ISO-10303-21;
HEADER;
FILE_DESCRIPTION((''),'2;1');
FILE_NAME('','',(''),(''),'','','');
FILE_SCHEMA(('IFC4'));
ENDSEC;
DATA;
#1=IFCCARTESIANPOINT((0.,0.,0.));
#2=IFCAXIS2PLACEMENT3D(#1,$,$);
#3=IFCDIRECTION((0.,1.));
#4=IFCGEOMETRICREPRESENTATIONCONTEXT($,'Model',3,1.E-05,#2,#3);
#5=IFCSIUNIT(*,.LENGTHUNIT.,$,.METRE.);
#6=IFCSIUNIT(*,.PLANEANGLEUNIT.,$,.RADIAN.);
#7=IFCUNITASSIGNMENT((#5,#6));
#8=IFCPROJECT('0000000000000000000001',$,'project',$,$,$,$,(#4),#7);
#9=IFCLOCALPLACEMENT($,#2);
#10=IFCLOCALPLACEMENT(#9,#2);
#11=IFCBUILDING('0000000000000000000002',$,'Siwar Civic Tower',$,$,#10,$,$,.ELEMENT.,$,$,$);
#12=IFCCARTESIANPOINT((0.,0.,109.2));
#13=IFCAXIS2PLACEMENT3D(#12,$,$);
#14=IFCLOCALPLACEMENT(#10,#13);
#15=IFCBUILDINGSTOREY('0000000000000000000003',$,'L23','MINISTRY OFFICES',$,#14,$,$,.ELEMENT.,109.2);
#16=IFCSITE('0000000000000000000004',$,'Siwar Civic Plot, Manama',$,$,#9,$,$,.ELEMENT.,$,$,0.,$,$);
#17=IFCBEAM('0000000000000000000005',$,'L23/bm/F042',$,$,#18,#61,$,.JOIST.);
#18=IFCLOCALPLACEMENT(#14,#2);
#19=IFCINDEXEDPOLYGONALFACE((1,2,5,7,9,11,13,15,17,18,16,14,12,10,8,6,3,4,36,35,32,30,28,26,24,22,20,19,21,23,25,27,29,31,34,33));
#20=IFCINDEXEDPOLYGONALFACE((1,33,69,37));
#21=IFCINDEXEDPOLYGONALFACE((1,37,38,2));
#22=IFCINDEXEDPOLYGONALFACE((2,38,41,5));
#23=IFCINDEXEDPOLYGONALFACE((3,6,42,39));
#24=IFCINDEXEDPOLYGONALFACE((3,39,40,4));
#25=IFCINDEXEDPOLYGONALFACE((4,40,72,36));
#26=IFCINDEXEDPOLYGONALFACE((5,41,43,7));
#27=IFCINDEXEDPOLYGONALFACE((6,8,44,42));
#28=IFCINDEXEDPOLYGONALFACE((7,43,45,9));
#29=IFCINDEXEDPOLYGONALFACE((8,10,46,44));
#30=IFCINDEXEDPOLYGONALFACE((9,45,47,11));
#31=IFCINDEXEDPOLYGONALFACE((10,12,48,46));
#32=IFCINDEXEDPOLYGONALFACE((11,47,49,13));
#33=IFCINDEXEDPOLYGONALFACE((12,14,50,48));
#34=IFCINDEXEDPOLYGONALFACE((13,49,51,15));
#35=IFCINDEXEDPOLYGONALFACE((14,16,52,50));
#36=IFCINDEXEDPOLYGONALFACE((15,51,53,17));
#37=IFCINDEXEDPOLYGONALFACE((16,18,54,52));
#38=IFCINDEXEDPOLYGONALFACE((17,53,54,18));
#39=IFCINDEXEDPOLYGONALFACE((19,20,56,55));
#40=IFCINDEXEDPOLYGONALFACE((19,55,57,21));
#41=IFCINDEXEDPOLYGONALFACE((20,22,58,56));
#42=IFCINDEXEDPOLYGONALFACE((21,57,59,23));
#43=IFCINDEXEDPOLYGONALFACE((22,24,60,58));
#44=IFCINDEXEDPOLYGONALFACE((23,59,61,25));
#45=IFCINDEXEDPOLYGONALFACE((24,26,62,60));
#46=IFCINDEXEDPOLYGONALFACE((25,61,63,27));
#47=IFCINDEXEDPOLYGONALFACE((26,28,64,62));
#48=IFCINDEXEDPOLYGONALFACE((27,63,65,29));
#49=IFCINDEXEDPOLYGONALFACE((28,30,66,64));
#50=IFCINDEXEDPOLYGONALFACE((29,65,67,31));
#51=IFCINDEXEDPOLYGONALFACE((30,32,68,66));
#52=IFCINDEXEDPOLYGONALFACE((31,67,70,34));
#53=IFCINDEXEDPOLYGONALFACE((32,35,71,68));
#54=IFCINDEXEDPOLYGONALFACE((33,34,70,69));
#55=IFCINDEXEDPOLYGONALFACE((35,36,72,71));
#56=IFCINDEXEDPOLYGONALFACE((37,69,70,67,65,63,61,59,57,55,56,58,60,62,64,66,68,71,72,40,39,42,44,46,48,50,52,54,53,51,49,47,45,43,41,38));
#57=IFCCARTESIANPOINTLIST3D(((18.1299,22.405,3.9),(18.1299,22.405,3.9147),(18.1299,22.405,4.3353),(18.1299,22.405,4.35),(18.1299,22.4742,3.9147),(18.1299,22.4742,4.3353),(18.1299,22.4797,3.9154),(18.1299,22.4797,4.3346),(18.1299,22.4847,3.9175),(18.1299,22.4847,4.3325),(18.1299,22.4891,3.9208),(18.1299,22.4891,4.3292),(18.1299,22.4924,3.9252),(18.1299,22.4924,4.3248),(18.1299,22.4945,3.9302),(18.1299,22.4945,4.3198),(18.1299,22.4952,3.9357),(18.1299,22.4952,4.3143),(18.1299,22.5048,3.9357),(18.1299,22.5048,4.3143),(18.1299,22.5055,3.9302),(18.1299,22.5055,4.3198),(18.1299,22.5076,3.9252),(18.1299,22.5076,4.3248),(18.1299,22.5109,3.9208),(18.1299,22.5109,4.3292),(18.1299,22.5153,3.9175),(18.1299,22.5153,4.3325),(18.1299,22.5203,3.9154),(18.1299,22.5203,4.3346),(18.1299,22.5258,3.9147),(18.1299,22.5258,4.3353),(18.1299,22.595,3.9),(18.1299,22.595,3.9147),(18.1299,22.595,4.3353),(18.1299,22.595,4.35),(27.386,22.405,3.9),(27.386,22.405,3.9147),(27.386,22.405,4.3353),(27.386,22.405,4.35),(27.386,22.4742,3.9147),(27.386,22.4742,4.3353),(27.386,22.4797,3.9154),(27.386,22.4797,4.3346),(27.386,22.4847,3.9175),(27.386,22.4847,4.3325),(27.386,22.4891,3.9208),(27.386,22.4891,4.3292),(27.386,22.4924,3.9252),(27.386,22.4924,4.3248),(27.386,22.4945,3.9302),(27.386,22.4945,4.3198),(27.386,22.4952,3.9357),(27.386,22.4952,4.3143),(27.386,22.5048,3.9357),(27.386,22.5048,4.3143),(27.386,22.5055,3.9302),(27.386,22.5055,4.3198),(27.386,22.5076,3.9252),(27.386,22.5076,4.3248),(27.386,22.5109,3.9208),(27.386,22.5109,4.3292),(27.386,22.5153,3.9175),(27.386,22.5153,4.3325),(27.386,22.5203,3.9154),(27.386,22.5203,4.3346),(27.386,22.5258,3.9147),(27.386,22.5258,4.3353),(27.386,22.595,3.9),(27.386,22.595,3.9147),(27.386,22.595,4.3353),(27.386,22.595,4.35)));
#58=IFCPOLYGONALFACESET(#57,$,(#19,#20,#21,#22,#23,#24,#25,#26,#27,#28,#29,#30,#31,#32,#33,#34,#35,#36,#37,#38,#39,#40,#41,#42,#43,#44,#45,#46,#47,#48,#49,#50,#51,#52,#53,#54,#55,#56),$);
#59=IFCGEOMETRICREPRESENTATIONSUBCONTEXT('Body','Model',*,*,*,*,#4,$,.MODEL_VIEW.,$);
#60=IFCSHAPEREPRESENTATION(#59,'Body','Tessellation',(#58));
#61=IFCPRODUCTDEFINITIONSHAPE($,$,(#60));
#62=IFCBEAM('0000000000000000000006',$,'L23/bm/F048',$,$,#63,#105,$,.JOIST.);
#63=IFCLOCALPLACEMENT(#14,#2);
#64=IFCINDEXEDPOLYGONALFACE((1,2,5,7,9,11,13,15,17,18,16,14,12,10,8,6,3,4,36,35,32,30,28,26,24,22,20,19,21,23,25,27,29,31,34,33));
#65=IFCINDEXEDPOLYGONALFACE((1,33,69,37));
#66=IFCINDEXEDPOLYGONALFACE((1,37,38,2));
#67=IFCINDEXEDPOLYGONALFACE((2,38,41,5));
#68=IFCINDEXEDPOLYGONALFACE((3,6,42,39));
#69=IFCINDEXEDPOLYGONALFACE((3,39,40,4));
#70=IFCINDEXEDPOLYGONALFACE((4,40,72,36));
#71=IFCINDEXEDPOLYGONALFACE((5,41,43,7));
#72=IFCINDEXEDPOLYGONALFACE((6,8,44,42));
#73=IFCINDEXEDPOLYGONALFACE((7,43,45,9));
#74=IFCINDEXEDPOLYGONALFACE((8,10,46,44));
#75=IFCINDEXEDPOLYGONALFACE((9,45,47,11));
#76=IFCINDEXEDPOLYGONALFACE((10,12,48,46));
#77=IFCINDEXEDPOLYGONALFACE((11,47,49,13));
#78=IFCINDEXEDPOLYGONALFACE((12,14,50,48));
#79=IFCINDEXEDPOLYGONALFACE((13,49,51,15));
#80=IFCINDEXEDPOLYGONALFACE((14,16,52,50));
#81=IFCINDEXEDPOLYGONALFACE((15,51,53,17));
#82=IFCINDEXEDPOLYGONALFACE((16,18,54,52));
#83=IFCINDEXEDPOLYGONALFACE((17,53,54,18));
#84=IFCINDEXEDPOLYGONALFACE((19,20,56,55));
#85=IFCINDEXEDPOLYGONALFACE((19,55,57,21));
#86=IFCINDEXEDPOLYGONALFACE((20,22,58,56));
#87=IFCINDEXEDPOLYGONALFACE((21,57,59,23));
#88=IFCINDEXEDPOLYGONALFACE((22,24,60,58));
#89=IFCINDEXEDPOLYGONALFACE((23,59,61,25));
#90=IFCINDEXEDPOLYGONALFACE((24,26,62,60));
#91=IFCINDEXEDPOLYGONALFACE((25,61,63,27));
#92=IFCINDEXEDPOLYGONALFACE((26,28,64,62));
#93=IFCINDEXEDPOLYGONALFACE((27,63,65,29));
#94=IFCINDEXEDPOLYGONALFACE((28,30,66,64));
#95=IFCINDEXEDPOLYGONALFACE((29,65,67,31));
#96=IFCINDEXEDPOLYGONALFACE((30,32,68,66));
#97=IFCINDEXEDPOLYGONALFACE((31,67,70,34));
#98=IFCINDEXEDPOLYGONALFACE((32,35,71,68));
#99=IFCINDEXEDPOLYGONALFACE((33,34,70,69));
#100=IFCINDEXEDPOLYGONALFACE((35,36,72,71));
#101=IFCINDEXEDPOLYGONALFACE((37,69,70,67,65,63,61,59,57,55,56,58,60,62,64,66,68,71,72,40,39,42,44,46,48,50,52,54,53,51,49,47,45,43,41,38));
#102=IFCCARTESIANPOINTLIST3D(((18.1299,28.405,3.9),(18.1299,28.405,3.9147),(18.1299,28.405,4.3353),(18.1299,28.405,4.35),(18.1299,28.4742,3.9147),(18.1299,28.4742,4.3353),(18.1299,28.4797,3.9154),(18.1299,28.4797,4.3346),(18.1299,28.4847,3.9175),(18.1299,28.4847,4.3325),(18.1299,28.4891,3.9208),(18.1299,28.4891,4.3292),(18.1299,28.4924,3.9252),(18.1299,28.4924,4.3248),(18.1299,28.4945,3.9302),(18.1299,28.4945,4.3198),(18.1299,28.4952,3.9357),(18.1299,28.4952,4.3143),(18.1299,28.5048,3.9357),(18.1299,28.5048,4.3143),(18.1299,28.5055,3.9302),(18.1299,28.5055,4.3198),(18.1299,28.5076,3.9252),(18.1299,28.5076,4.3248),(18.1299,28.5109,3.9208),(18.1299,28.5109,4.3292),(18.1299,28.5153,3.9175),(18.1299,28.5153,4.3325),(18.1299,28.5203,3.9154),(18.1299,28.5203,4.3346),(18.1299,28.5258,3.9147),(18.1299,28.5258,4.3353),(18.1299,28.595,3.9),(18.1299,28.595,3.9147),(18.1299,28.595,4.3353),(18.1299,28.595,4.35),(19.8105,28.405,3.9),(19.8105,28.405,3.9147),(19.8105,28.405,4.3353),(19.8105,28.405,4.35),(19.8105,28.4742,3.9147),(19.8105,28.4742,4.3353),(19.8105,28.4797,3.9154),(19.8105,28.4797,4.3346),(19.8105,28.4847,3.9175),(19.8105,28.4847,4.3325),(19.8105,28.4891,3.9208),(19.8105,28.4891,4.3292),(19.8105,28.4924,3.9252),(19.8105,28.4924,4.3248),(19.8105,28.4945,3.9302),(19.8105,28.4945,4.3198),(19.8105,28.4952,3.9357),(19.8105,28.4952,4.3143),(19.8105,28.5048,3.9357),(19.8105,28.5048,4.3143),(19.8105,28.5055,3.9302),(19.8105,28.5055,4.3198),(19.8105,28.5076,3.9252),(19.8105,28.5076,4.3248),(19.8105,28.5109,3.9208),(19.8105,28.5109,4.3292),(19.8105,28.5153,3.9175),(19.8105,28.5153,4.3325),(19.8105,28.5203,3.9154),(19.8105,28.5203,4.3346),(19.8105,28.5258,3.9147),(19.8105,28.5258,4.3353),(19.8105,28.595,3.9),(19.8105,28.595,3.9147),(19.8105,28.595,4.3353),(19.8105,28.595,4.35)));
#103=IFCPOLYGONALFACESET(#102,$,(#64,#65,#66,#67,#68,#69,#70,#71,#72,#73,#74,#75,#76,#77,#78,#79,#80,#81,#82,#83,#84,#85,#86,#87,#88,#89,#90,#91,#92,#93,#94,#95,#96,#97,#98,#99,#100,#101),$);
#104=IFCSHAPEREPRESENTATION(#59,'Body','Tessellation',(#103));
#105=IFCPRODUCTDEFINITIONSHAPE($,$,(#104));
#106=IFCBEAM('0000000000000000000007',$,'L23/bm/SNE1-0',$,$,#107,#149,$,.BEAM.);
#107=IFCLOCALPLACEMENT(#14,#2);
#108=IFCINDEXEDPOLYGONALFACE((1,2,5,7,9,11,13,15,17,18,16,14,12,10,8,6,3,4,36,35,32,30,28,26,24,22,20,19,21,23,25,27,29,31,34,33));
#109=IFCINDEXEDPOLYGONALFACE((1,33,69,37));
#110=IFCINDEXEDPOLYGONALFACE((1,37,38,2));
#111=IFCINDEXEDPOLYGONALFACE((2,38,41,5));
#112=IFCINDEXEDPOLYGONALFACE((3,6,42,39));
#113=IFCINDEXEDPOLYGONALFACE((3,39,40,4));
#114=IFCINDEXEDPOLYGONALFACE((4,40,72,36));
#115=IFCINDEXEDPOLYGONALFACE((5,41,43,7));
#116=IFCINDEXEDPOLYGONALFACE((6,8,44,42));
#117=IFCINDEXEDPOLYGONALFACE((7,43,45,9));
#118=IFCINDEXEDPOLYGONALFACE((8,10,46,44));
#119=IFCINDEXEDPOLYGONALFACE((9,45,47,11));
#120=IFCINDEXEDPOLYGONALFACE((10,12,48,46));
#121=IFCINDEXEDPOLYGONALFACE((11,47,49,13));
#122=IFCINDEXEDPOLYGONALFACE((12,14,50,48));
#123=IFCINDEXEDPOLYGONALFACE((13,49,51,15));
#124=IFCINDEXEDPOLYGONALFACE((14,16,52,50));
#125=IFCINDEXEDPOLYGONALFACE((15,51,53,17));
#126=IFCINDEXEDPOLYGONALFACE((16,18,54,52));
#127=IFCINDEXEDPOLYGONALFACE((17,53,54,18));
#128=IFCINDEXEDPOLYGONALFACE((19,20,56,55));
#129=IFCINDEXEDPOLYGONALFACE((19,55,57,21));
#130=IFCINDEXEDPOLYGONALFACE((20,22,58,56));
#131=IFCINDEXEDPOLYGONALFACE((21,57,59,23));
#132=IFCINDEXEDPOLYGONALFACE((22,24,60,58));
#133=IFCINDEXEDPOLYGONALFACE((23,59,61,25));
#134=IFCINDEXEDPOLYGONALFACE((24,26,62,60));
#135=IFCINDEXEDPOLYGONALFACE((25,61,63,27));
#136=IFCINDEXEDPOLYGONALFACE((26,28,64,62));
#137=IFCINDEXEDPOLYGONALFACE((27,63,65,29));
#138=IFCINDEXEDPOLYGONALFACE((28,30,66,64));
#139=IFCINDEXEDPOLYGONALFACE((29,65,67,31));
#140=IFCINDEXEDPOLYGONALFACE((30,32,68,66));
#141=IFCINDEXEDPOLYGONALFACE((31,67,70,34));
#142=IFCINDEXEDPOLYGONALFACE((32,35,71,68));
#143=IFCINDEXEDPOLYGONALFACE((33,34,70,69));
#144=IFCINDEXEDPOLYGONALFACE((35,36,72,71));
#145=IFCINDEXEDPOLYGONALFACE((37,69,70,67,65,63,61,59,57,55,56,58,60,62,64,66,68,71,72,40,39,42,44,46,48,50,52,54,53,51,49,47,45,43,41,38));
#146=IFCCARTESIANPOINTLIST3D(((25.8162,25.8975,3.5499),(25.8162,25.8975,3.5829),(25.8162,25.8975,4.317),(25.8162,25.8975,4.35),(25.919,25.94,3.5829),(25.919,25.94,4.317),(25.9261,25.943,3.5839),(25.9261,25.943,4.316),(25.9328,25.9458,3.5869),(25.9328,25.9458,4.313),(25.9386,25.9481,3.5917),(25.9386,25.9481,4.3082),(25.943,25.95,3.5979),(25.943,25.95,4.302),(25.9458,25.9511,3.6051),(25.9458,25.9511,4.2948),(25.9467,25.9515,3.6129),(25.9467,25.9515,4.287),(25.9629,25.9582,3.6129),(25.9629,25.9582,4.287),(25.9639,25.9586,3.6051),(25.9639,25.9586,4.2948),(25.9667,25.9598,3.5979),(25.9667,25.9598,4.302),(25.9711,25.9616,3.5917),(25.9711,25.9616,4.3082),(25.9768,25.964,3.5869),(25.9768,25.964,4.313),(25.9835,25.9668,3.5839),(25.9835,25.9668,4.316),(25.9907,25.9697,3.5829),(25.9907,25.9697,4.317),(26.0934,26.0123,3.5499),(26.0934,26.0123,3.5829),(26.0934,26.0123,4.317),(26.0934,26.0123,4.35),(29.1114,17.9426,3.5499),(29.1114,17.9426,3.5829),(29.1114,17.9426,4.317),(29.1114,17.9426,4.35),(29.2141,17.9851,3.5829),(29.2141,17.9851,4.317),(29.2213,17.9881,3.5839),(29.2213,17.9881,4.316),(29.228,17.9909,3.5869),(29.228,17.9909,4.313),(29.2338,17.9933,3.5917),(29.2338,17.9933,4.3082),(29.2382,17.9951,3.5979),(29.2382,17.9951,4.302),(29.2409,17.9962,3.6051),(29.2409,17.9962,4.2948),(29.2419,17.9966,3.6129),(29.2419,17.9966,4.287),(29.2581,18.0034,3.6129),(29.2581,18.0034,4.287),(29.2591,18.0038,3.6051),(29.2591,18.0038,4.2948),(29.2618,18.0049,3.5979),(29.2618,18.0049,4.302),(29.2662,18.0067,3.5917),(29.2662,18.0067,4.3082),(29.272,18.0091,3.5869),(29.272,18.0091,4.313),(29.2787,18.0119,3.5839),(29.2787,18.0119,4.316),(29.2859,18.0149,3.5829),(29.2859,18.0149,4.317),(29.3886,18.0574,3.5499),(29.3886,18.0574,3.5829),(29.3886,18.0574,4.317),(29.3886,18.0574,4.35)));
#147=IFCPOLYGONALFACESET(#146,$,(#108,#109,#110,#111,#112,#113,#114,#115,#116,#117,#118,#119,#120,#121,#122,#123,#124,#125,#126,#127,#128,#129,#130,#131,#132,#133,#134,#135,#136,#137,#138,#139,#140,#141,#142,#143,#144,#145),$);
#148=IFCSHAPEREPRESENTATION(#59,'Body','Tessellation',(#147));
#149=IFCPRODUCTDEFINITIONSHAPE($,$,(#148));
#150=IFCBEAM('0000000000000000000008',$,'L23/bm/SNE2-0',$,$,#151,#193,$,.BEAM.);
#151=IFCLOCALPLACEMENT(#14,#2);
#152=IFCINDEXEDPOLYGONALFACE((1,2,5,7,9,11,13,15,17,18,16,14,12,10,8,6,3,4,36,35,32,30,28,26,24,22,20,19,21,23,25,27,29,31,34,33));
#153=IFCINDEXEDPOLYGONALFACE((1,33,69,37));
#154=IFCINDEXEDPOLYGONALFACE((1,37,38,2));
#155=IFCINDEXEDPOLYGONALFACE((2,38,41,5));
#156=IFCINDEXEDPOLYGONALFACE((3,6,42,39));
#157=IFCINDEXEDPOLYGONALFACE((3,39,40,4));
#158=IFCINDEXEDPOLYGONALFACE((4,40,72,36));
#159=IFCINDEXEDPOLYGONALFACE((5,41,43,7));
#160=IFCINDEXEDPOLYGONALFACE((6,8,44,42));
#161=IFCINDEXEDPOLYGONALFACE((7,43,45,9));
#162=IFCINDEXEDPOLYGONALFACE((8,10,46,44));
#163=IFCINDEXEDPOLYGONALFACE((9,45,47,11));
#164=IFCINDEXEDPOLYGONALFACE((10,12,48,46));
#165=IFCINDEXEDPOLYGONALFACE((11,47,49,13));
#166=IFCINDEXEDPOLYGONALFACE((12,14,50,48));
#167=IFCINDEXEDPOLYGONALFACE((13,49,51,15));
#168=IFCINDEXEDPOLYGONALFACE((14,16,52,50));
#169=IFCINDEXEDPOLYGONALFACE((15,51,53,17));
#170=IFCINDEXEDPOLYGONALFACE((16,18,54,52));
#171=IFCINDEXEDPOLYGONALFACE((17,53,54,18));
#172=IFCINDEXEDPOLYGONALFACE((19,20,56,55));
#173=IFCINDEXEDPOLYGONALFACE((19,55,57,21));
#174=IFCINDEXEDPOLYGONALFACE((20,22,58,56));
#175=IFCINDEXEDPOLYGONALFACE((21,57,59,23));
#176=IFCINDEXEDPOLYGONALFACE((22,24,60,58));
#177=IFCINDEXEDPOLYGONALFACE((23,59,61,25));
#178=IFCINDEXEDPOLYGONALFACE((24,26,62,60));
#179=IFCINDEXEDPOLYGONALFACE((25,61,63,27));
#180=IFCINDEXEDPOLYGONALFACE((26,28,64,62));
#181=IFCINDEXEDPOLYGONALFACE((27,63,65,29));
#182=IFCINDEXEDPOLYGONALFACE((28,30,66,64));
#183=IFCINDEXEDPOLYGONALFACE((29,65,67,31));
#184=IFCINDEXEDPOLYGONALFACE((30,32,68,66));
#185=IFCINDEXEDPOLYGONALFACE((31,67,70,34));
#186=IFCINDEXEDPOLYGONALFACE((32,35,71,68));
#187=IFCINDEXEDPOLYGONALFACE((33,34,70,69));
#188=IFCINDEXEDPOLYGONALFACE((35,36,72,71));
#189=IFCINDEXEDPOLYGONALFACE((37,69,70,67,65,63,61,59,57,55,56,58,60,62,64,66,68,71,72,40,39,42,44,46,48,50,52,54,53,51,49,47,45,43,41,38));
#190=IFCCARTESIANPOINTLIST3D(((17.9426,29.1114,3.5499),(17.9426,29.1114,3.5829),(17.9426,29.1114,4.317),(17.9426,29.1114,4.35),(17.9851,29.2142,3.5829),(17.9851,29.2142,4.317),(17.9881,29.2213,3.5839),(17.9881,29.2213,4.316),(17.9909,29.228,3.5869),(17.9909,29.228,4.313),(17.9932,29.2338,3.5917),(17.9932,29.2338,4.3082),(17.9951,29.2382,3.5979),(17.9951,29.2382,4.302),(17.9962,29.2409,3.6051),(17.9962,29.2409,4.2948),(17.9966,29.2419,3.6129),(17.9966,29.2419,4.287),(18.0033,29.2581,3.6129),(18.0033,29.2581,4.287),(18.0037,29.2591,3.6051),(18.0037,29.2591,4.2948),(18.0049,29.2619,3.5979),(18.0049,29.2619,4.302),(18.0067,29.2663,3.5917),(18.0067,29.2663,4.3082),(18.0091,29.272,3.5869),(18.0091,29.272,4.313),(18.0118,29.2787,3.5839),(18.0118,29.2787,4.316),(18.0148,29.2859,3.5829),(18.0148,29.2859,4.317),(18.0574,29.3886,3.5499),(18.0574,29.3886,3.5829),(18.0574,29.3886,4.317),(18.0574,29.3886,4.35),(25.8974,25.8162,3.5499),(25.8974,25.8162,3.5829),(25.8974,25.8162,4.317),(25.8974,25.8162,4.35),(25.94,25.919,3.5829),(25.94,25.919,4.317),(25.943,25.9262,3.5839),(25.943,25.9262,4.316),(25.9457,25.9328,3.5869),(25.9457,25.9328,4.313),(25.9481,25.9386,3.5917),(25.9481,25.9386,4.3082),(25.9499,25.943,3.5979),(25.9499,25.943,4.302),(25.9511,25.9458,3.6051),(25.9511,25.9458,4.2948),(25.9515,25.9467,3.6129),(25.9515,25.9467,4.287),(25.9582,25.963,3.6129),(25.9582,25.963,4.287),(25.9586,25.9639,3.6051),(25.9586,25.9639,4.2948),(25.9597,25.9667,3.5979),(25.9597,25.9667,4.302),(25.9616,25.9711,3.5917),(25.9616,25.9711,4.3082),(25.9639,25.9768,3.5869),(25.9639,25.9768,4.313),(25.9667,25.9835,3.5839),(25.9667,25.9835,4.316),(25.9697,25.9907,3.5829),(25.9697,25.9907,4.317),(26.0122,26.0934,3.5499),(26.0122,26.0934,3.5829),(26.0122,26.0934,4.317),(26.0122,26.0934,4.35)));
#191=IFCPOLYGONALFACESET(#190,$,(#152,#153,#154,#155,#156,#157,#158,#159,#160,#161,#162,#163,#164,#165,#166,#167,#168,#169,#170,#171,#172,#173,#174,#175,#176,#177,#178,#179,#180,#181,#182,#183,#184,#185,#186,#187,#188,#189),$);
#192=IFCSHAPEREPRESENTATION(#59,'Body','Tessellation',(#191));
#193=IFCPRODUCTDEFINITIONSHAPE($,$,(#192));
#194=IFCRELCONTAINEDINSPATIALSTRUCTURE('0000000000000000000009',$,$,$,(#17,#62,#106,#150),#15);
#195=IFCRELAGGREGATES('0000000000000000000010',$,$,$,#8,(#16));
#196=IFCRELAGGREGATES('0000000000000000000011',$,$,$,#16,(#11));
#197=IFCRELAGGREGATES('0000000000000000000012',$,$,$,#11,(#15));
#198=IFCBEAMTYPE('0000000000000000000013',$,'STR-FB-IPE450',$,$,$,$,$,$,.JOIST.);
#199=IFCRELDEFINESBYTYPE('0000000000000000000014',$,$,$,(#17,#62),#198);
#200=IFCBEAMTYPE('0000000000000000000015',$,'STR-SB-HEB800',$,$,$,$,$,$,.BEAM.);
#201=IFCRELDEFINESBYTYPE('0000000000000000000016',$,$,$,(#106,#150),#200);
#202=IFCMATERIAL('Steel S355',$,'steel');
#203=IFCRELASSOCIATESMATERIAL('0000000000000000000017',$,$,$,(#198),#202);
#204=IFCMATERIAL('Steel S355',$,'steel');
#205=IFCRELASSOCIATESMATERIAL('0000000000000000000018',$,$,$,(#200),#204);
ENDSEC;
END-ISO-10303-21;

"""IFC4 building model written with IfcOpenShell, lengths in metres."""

from ifc_helpers import new_model, si_unit, direction, frame, origin, origin_2d, place, context, subcontext, project, spatial, i_section, extrude, material, material_profile, profile_set, type_object, element, save


model = new_model("IFC4")

# Units and contexts
model_context = context("Model", 3, precision=1e-05, world=origin(), true_north=direction((0.0, 1.0)))
body_context = subcontext(model_context, "Body", "Model", "MODEL_VIEW")
ifc_project = project(units=[si_unit("LENGTHUNIT", "METRE"), si_unit("PLANEANGLEUNIT", "RADIAN")], contexts=[model_context])

# Site, building, storey
site_placement = place(None, origin())
site = spatial("IfcSite", under=ifc_project, at=site_placement, Name="Siwar Civic Plot, Manama", CompositionType="ELEMENT", RefElevation=0.0)
building_placement = place(site_placement, origin())
building = spatial("IfcBuilding", under=site, at=building_placement, Name="Siwar Civic Tower", CompositionType="ELEMENT")
storey_placement = place(building_placement, frame((0.0, 0.0, 109.2)))
storey = spatial("IfcBuildingStorey", under=building, at=storey_placement, Name="L23", Description="MINISTRY OFFICES", CompositionType="ELEMENT", Elevation=109.2)

# Beams
ifc_material_1 = material(Name="Steel S355", Category="steel")
ifc_material_profile_1 = material_profile(ifc_material_1, i_section(OverallWidth=0.1899, OverallDepth=0.45, WebThickness=0.0095, FlangeThickness=0.0146, FilletRadius=0.021, at=origin_2d()), Name="IPE450")
ifc_profile_set_1 = profile_set([ifc_material_profile_1], Name="Steel S355")
beam_type_1 = type_object("IfcBeamType", Name="STR-FB-IPE450", PredefinedType="JOIST", material=ifc_profile_set_1)
beam_1_placement = place(storey_placement, frame((18.1299, 22.5, 4.125), z_axis=(1.0, 0.0, 0.0), x_axis=(0.0, 1.0, 0.0)))
element("IfcBeam", 1, at=beam_1_placement, inside=storey, type_object=beam_type_1, Name="L23/bm/F042", PredefinedType="JOIST", context=body_context, shape_type="SweptSolid", body=[
    extrude(i_section(OverallWidth=0.1899, OverallDepth=0.45, WebThickness=0.0095, FlangeThickness=0.0146, FilletRadius=0.021, at=origin_2d()), origin(), (0.0, 0.0, 1.0), 9.2561),
])
beam_2_placement = place(storey_placement, frame((18.1299, 28.5, 4.125), z_axis=(1.0, 0.0, 0.0), x_axis=(0.0, 1.0, 0.0)))
element("IfcBeam", 2, at=beam_2_placement, inside=storey, type_object=beam_type_1, Name="L23/bm/F048", PredefinedType="JOIST", context=body_context, shape_type="SweptSolid", body=[
    extrude(i_section(OverallWidth=0.1899, OverallDepth=0.45, WebThickness=0.0095, FlangeThickness=0.0146, FilletRadius=0.021, at=origin_2d()), origin(), (0.0, 0.0, 1.0), 1.6807),
])
ifc_material_2 = material(Name="Steel S355", Category="steel")
ifc_material_profile_2 = material_profile(ifc_material_2, i_section(OverallWidth=0.3, OverallDepth=0.8, WebThickness=0.0176, FlangeThickness=0.033, FilletRadius=0.03, at=origin_2d()), Name="HEB800")
ifc_profile_set_2 = profile_set([ifc_material_profile_2], Name="Steel S355")
beam_type_2 = type_object("IfcBeamType", Name="STR-SB-HEB800", PredefinedType="BEAM", material=ifc_profile_set_2)
for number, where, z_axis, x_axis, name in (
    (3, (29.25, 18.0, 3.95), (-0.3827, 0.923873, 0.0), (-0.923873, -0.3827, 0.0), "L23/bm/SNE1-0"),
    (4, (25.9548, 25.9548, 3.95), (-0.923873, 0.3827, 0.0), (-0.3827, -0.923873, 0.0), "L23/bm/SNE2-0"),
):
    element("IfcBeam", number, at=place(storey_placement, frame(where, z_axis=z_axis, x_axis=x_axis)), inside=storey, type_object=beam_type_2, Name=name, PredefinedType="BEAM", context=body_context, shape_type="SweptSolid", body=[
        extrude(i_section(OverallWidth=0.3, OverallDepth=0.8, WebThickness=0.0176, FlangeThickness=0.033, FilletRadius=0.03, at=origin_2d()), origin(), (0.0, 0.0, 1.0), 8.6104),
    ])

save(model, "model.ifc")
